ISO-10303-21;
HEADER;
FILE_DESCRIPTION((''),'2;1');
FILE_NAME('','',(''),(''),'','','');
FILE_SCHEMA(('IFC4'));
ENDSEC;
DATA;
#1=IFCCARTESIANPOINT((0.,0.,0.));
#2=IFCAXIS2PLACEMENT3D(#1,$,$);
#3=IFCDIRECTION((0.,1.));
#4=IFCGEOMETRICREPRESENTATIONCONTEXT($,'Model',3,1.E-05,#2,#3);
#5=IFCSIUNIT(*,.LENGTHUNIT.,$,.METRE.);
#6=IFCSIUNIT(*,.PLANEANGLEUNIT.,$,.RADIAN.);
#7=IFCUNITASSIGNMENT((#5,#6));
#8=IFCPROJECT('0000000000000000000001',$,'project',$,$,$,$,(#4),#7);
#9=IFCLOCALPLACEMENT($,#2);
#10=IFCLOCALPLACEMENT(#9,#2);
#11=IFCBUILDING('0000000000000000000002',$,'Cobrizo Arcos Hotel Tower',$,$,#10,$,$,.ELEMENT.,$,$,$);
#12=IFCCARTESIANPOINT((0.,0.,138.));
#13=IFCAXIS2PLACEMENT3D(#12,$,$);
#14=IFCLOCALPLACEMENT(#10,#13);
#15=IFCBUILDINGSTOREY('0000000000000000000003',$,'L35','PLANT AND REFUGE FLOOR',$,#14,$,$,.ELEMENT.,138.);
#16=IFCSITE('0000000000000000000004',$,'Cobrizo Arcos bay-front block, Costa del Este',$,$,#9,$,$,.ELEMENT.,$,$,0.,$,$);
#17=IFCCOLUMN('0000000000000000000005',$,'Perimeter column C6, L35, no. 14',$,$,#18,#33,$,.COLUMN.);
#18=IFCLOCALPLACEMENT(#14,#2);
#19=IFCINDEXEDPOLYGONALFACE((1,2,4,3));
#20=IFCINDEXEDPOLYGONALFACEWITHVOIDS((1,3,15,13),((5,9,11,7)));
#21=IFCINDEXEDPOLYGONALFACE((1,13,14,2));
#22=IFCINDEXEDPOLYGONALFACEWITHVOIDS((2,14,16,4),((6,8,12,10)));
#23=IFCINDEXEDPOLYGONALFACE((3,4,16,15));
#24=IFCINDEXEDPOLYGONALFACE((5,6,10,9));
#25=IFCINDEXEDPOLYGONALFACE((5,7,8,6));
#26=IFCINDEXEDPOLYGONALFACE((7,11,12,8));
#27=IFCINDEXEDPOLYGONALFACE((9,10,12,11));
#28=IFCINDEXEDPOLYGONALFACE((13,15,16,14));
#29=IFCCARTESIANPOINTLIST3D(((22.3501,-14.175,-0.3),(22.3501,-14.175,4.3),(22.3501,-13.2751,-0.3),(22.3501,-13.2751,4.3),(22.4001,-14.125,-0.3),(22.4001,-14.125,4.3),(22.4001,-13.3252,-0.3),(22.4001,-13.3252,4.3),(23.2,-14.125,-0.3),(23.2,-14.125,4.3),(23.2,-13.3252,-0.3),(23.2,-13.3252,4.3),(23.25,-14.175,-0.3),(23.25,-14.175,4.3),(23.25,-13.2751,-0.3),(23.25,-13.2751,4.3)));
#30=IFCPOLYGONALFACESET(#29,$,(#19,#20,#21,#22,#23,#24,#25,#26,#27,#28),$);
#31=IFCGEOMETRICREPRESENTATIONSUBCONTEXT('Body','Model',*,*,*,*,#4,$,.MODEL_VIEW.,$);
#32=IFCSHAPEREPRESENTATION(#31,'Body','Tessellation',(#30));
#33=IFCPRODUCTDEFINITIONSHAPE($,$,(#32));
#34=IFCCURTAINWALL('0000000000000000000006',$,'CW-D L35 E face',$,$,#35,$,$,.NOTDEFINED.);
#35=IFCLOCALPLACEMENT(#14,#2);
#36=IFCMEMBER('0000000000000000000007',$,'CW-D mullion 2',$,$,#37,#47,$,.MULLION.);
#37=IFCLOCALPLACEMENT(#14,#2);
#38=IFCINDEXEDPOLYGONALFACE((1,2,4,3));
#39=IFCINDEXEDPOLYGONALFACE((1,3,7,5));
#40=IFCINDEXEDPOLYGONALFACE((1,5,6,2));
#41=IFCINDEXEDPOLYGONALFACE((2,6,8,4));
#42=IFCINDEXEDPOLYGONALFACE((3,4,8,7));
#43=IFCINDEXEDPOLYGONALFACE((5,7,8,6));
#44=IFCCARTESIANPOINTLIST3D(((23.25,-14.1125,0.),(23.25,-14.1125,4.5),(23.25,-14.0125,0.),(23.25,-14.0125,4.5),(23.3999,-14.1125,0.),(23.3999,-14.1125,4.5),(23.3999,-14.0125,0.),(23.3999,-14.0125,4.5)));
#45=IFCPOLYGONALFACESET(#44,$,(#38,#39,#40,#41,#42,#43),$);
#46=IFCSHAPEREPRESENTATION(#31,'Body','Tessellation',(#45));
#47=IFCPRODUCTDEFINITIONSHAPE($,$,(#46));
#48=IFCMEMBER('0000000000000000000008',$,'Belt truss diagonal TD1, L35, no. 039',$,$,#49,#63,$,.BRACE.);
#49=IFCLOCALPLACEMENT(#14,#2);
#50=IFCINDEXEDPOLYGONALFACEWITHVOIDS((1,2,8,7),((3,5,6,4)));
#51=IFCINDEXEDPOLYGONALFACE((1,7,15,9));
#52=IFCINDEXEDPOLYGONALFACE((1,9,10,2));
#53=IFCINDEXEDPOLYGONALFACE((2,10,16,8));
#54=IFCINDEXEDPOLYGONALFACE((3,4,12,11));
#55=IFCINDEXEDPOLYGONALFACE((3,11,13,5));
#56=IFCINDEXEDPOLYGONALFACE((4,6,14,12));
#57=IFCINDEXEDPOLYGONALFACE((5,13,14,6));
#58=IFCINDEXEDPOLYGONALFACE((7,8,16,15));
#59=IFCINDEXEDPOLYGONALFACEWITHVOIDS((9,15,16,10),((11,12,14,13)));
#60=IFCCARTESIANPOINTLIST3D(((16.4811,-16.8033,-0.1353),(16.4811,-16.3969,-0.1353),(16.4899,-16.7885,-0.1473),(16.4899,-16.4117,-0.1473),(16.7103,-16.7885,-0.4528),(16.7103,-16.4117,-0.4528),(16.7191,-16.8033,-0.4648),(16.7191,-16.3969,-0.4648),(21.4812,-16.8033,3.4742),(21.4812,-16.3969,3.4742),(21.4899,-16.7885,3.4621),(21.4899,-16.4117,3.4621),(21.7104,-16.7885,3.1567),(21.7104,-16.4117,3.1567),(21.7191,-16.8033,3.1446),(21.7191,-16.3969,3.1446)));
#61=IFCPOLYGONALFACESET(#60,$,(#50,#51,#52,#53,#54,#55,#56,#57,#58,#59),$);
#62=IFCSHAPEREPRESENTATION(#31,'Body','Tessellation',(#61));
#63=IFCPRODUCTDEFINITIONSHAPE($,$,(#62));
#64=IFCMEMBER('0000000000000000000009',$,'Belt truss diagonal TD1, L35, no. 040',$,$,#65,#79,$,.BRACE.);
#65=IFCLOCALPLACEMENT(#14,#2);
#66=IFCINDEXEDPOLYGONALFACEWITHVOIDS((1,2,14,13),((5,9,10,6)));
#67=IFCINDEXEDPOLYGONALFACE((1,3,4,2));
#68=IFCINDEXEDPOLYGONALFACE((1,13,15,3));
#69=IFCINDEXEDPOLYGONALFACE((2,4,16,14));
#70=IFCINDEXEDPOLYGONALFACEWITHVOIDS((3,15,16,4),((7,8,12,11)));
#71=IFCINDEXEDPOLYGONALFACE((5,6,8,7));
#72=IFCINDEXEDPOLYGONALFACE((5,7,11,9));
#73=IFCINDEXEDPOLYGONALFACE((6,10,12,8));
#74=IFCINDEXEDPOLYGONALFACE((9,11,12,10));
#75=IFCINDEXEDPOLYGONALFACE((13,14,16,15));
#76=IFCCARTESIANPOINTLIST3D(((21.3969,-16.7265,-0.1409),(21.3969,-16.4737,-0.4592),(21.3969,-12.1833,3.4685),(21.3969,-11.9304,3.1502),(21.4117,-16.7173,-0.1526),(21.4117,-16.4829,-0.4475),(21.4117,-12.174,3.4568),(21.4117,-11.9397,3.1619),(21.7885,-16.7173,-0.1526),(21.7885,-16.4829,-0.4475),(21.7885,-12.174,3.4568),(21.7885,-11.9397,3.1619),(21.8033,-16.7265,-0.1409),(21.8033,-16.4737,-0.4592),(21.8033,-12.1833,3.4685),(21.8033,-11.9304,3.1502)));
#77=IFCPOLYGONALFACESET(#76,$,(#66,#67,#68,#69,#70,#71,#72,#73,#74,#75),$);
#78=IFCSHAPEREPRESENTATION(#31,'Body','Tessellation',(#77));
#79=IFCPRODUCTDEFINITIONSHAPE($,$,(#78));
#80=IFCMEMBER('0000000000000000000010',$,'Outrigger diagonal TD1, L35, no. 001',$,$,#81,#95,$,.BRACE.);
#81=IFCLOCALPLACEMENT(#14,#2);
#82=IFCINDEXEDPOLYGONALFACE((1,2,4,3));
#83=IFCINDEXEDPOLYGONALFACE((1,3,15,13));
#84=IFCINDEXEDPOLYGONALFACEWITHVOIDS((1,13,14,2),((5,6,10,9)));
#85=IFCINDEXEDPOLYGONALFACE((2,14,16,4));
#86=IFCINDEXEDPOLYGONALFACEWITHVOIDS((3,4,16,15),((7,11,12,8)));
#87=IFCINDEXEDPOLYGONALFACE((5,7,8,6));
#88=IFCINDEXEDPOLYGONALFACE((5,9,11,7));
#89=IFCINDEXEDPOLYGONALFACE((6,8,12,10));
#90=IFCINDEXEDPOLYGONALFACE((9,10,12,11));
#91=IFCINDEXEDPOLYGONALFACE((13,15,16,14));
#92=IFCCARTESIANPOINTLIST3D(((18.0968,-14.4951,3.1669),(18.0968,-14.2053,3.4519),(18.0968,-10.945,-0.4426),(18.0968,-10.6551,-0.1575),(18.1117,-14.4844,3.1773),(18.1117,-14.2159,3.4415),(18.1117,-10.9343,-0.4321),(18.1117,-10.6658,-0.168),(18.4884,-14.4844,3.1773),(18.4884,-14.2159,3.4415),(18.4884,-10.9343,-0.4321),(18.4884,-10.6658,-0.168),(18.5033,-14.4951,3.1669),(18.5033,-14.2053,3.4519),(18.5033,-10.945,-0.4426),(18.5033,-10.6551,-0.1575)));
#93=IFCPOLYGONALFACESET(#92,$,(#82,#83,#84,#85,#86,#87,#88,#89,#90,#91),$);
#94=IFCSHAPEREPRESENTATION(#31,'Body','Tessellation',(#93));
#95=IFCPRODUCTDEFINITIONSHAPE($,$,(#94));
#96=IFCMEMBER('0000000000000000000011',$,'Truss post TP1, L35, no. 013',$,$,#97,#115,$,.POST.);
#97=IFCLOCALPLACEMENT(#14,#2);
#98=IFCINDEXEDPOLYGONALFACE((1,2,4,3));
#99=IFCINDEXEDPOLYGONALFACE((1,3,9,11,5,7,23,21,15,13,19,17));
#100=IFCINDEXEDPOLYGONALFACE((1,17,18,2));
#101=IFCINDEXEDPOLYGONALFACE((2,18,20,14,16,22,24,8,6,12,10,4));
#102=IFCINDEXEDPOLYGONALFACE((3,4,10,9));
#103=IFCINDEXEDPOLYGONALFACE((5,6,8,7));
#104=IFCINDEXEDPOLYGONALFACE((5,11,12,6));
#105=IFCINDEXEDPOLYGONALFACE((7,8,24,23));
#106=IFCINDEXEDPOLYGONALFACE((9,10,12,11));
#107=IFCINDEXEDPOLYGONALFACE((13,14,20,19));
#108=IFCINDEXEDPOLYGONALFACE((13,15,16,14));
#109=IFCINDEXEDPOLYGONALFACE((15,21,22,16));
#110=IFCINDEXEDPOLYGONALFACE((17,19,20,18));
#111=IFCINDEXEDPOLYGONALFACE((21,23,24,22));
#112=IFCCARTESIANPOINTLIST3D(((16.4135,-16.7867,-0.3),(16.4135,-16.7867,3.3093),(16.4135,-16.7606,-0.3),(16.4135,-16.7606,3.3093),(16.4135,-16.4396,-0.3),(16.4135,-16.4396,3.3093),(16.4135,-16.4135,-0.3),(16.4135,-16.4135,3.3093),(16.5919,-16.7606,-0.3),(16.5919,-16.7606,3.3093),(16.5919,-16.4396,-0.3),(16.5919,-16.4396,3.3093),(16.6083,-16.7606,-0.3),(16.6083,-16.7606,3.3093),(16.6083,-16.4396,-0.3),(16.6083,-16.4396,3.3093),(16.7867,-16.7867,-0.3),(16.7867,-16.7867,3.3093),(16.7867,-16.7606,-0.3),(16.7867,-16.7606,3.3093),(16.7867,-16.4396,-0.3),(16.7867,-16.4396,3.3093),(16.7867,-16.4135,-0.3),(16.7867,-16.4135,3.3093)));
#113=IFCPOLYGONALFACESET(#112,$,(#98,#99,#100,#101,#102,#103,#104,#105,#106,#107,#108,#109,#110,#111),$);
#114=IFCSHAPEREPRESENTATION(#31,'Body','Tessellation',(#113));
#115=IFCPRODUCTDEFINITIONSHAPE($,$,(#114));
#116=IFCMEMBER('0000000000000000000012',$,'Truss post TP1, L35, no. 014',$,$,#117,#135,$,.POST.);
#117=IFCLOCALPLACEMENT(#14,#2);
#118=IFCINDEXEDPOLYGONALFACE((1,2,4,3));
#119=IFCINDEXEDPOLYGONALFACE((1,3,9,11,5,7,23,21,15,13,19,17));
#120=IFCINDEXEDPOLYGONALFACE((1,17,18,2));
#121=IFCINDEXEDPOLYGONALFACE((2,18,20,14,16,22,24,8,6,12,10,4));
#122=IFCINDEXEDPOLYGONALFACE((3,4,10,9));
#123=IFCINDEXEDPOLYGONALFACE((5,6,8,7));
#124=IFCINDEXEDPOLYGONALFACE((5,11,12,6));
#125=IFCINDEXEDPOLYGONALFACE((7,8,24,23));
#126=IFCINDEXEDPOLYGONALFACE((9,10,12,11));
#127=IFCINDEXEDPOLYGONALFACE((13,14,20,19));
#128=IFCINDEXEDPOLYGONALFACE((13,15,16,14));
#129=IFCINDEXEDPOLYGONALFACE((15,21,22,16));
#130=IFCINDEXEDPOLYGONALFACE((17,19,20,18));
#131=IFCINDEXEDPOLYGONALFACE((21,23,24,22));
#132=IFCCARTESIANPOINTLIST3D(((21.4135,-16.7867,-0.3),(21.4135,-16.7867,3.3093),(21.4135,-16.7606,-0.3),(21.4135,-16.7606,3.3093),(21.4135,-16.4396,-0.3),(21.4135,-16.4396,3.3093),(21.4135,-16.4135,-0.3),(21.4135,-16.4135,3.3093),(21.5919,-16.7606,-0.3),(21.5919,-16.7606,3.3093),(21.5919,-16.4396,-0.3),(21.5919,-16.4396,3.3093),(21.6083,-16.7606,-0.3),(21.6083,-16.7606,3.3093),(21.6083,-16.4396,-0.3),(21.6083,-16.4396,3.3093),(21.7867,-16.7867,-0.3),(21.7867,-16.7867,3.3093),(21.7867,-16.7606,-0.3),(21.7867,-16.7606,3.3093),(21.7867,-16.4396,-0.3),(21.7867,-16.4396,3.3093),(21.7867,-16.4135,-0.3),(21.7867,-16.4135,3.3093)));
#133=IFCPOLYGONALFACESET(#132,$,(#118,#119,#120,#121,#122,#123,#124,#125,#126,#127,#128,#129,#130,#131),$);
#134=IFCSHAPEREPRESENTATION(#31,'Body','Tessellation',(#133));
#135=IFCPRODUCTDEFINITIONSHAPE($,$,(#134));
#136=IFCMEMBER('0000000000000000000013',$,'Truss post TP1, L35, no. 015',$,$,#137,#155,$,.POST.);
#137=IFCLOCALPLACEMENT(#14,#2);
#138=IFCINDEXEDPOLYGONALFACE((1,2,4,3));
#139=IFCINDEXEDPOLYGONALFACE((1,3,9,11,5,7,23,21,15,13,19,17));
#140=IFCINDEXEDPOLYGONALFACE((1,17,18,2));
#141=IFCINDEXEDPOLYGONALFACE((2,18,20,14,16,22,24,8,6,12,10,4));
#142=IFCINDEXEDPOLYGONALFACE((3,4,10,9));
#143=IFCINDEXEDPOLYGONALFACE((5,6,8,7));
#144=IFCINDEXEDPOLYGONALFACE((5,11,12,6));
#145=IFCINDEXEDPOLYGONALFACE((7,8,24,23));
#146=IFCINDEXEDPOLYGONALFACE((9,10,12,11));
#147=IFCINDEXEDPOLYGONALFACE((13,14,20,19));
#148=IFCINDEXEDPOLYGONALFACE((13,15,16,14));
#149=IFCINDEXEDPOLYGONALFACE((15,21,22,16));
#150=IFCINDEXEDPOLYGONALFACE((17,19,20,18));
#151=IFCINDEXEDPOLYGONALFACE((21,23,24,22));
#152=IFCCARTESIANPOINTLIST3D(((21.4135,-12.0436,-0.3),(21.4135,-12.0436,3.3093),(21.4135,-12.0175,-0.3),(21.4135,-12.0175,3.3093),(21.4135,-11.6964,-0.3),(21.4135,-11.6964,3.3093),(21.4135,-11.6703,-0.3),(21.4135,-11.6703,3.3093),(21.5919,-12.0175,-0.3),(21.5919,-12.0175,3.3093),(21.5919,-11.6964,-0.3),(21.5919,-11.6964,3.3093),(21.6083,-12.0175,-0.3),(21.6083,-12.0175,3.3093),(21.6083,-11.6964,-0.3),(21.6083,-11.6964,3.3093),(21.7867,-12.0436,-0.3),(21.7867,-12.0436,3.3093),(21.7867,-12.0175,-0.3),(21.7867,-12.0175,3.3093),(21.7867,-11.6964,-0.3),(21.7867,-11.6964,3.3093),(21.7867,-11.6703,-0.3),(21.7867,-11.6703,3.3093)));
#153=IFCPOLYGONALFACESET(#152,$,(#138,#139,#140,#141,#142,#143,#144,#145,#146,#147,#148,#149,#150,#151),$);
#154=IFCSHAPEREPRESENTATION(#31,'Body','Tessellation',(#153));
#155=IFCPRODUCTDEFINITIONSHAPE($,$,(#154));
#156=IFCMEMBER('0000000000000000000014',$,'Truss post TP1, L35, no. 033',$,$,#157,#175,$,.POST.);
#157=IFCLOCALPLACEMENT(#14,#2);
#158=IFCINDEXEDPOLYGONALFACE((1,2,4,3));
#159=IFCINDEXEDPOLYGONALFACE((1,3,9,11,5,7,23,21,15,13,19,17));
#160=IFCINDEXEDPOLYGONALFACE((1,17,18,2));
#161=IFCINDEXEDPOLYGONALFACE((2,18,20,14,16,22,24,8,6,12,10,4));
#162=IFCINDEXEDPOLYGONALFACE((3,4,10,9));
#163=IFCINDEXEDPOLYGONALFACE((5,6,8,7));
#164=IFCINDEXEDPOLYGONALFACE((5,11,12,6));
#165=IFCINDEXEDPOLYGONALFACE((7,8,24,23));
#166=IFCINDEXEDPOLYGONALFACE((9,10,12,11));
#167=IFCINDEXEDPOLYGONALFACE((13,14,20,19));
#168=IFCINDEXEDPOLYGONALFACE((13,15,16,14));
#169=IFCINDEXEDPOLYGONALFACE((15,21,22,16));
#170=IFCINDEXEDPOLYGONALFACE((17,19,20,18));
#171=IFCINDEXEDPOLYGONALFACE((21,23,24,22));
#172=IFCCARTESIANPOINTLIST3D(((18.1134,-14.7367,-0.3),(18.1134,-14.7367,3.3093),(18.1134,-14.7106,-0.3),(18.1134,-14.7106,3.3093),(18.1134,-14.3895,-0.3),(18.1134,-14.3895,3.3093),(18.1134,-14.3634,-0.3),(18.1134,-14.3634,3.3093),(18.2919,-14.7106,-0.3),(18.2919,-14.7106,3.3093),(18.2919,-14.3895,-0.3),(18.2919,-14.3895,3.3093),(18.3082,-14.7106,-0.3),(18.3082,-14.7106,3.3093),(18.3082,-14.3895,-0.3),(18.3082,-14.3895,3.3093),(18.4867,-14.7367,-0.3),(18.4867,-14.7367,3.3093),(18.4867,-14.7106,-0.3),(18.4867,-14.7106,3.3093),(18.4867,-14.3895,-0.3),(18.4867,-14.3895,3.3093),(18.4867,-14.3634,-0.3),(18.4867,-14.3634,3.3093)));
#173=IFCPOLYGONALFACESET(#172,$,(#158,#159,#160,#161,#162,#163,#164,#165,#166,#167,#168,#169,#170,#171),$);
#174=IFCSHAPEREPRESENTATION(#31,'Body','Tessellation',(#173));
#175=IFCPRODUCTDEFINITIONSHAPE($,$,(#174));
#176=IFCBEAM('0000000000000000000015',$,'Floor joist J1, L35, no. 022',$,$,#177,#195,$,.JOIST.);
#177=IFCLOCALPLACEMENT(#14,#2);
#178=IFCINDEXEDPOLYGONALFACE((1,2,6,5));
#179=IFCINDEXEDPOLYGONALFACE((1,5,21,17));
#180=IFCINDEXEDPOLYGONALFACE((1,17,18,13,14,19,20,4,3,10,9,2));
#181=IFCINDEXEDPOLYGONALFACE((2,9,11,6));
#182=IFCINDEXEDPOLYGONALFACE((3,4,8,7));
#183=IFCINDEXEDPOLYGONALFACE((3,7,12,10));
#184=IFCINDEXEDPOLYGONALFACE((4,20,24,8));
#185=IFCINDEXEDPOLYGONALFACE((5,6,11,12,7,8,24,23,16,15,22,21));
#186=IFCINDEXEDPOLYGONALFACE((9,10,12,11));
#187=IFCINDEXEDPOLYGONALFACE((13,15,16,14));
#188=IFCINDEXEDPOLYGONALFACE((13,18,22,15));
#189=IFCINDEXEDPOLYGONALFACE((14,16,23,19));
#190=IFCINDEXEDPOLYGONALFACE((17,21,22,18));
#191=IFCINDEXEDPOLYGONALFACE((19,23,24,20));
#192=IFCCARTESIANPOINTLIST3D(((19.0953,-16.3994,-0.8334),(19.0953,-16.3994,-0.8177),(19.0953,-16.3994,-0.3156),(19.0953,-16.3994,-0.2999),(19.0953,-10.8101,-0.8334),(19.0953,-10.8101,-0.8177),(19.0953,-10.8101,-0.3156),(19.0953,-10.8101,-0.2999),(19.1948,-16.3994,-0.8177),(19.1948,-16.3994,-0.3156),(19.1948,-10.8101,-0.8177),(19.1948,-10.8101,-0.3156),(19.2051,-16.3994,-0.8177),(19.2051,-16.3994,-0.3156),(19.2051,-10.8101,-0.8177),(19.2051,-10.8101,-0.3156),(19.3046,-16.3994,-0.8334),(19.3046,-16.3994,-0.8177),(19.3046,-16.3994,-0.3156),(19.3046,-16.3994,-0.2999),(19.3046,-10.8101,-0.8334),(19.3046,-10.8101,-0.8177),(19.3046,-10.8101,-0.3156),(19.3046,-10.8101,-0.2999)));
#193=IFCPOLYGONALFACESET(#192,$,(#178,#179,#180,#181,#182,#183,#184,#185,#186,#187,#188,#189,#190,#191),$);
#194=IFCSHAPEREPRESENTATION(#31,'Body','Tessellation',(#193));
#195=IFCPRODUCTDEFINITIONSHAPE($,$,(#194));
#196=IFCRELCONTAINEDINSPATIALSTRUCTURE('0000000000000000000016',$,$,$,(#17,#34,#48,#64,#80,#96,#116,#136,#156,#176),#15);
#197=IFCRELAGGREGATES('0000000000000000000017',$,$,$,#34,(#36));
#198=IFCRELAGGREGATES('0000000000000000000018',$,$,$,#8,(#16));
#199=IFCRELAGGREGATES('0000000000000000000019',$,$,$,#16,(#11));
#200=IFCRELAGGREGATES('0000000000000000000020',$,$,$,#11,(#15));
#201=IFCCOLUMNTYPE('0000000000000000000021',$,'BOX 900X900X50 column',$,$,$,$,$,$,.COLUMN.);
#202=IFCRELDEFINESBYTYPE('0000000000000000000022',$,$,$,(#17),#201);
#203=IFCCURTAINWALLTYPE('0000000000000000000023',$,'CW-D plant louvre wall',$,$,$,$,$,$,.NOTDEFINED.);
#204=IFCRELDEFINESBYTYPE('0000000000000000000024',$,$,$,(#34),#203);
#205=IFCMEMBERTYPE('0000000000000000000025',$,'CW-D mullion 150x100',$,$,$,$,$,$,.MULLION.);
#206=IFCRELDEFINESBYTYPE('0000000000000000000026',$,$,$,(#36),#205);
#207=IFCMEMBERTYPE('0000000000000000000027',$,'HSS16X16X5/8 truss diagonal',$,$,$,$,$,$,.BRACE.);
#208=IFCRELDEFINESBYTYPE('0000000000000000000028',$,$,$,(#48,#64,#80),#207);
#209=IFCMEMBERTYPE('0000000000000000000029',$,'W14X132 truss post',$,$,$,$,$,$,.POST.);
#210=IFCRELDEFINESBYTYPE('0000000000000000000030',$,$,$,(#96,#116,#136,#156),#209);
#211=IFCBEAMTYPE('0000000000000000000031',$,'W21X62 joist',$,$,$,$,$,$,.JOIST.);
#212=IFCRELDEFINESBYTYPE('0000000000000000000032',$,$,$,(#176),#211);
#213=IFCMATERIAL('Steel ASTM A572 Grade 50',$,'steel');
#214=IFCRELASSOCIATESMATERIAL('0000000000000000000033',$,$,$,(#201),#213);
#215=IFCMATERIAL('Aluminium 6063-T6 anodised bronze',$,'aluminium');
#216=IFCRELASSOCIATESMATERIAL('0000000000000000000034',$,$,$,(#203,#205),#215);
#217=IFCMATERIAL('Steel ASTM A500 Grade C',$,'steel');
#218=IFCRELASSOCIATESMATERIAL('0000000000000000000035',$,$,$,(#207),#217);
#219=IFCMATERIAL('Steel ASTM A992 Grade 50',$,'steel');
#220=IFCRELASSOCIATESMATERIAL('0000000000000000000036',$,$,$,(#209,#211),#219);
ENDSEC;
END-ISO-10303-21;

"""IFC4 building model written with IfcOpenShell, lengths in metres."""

from ifc_helpers import new_model, si_unit, direction, frame, origin, origin_2d, place, context, subcontext, project, spatial, rectangle, hollow_rectangle, i_section, extrude, material, material_profile, profile_set, type_object, element, aggregate, save


model = new_model("IFC4")

# Units and contexts
model_context = context("Model", 3, precision=1e-05, world=origin(), true_north=direction((0.0, 1.0)))
body_context = subcontext(model_context, "Body", "Model", "MODEL_VIEW")
ifc_project = project(units=[si_unit("LENGTHUNIT", "METRE"), si_unit("PLANEANGLEUNIT", "RADIAN")], contexts=[model_context])

# Site, building, storey
site_placement = place(None, origin())
site = spatial("IfcSite", under=ifc_project, at=site_placement, Name="Cobrizo Arcos bay-front block, Costa del Este", CompositionType="ELEMENT", RefElevation=0.0)
building_placement = place(site_placement, origin())
building = spatial("IfcBuilding", under=site, at=building_placement, Name="Cobrizo Arcos Hotel Tower", CompositionType="ELEMENT")
storey_placement = place(building_placement, frame((0.0, 0.0, 138.0)))
storey = spatial("IfcBuildingStorey", under=building, at=storey_placement, Name="L35", Description="PLANT AND REFUGE FLOOR", CompositionType="ELEMENT", Elevation=138.0)

# Column
ifc_material_1 = material(Name="Steel ASTM A572 Grade 50", Category="steel")
ifc_material_profile_1 = material_profile(ifc_material_1, hollow_rectangle(XDim=0.8999, YDim=0.8999, WallThickness=0.05, at=origin_2d()), Name="BOX 900X900X50")
ifc_profile_set_1 = profile_set([ifc_material_profile_1], Name="Steel ASTM A572 Grade 50")
column_type = type_object("IfcColumnType", Name="BOX 900X900X50 column", PredefinedType="COLUMN", material=ifc_profile_set_1)
column_placement = place(storey_placement, frame((22.8, -13.7251, -0.3), z_axis=(0.0, 0.0, 1.0), x_axis=(1.0, 0.0, 0.0)))
element("IfcColumn", 1, at=column_placement, inside=storey, type_object=column_type, Name="Perimeter column C6, L35, no. 14", PredefinedType="COLUMN", context=body_context, shape_type="SweptSolid", body=[
    extrude(hollow_rectangle(XDim=0.8999, YDim=0.8999, WallThickness=0.05, at=origin_2d()), origin(), (0.0, 0.0, 1.0), 4.6001),
])

# Curtain wall, member
ifc_material_2 = material(Name="Aluminium 6063-T6 anodised bronze", Category="aluminium")
curtain_wall_type = type_object("IfcCurtainWallType", Name="CW-D plant louvre wall", PredefinedType="NOTDEFINED", material=ifc_material_2)
curtain_wall_placement = place(storey_placement, origin())
curtain_wall = element("IfcCurtainWall", 2, at=curtain_wall_placement, inside=storey, type_object=curtain_wall_type, Name="CW-D L35 E face", PredefinedType="NOTDEFINED")
ifc_material_profile_2 = material_profile(ifc_material_2, rectangle(XDim=0.1499, YDim=0.1001, at=origin_2d()), Name="CW-D mullion 150x100")
ifc_profile_set_2 = profile_set([ifc_material_profile_2], Name="Aluminium 6063-T6 anodised bronze")
member_type_1 = type_object("IfcMemberType", Name="CW-D mullion 150x100", PredefinedType="MULLION", material=ifc_profile_set_2)
member_1_placement = place(storey_placement, frame((23.325, -14.0625, 0.0), z_axis=(0.0, 0.0, 1.0), x_axis=(1.0, 0.0, 0.0)))
member_1 = element("IfcMember", 3, at=member_1_placement, type_object=member_type_1, Name="CW-D mullion 2", PredefinedType="MULLION", context=body_context, shape_type="SweptSolid", body=[
    extrude(rectangle(XDim=0.1499, YDim=0.1001, at=origin_2d()), origin(), (0.0, 0.0, 1.0), 4.5),
])

# Members
ifc_material_3 = material(Name="Steel ASTM A500 Grade C", Category="steel")
ifc_material_profile_3 = material_profile(ifc_material_3, hollow_rectangle(XDim=0.4065, YDim=0.4065, WallThickness=0.0149, at=origin_2d()), Name="HSS16X16X5/8")
ifc_profile_set_3 = profile_set([ifc_material_profile_3], Name="Steel ASTM A500 Grade C")
member_type_2 = type_object("IfcMemberType", Name="HSS16X16X5/8 truss diagonal", PredefinedType="BRACE", material=ifc_profile_set_3)
member_2_placement = place(storey_placement, frame((16.6001, -16.6001, -0.3), z_axis=(0.810813, 0.0, 0.585306), x_axis=(0.0, 1.0, 0.0)))
element("IfcMember", 4, at=member_2_placement, inside=storey, type_object=member_type_2, Name="Belt truss diagonal TD1, L35, no. 039", PredefinedType="BRACE", context=body_context, shape_type="SweptSolid", body=[
    extrude(hollow_rectangle(XDim=0.4065, YDim=0.4065, WallThickness=0.0149, at=origin_2d()), origin(), (0.0, 0.0, 1.0), 6.1667),
])
member_3_placement = place(storey_placement, frame((21.6001, -16.6001, -0.3), z_axis=(0.0, 0.782982, 0.622044), x_axis=(-1.0, 0.0, 0.0)))
element("IfcMember", 5, at=member_3_placement, inside=storey, type_object=member_type_2, Name="Belt truss diagonal TD1, L35, no. 040", PredefinedType="BRACE", context=body_context, shape_type="SweptSolid", body=[
    extrude(hollow_rectangle(XDim=0.4065, YDim=0.4065, WallThickness=0.0149, at=origin_2d()), origin(), (0.0, 0.0, 1.0), 5.8025),
])
member_4_placement = place(storey_placement, frame((18.3, -10.8, -0.3), z_axis=(0.0, -0.701223, 0.712942), x_axis=(1.0, 0.0, 0.0)))
element("IfcMember", 6, at=member_4_placement, inside=storey, type_object=member_type_2, Name="Outrigger diagonal TD1, L35, no. 001", PredefinedType="BRACE", context=body_context, shape_type="SweptSolid", body=[
    extrude(hollow_rectangle(XDim=0.4065, YDim=0.4065, WallThickness=0.0149, at=origin_2d()), origin(), (0.0, 0.0, 1.0), 5.0627),
])
ifc_material_4 = material(Name="Steel ASTM A992 Grade 50", Category="steel")
ifc_material_profile_4 = material_profile(ifc_material_4, i_section(OverallWidth=0.3733, OverallDepth=0.3733, WebThickness=0.0164, FlangeThickness=0.0261, at=origin_2d()), Name="W14X132")
ifc_profile_set_4 = profile_set([ifc_material_profile_4], Name="Steel ASTM A992 Grade 50")
member_type_3 = type_object("IfcMemberType", Name="W14X132 truss post", PredefinedType="POST", material=ifc_profile_set_4)
for number, where, z_axis, x_axis, name in (
    (7, (16.6001, -16.6001, -0.3), (0.0, 0.0, 1.0), (1.0, 0.0, 0.0), "Truss post TP1, L35, no. 013"),
    (8, (21.6001, -16.6001, -0.3), (0.0, 0.0, 1.0), (1.0, 0.0, 0.0), "Truss post TP1, L35, no. 014"),
    (9, (21.6001, -11.8569, -0.3), (0.0, 0.0, 1.0), (1.0, 0.0, 0.0), "Truss post TP1, L35, no. 015"),
    (10, (18.3, -14.55, -0.3), (0.0, 0.0, 1.0), (1.0, 0.0, 0.0), "Truss post TP1, L35, no. 033"),
):
    element("IfcMember", number, at=place(storey_placement, frame(where, z_axis=z_axis, x_axis=x_axis)), inside=storey, type_object=member_type_3, Name=name, PredefinedType="POST", context=body_context, shape_type="SweptSolid", body=[
        extrude(i_section(OverallWidth=0.3733, OverallDepth=0.3733, WebThickness=0.0164, FlangeThickness=0.0261, at=origin_2d()), origin(), (0.0, 0.0, 1.0), 3.6094),
    ])

# Beam
ifc_material_profile_5 = material_profile(ifc_material_4, i_section(OverallWidth=0.2092, OverallDepth=0.5334, WebThickness=0.0103, FlangeThickness=0.0156, at=origin_2d()), Name="W21X62")
ifc_profile_set_5 = profile_set([ifc_material_profile_5], Name="Steel ASTM A992 Grade 50")
beam_type = type_object("IfcBeamType", Name="W21X62 joist", PredefinedType="JOIST", material=ifc_profile_set_5)
beam_placement = place(storey_placement, frame((19.2, -16.3994, -0.5667), z_axis=(0.0, 1.0, 0.0), x_axis=(-1.0, 0.0, 0.0)))
element("IfcBeam", 11, at=beam_placement, inside=storey, type_object=beam_type, Name="Floor joist J1, L35, no. 022", PredefinedType="JOIST", context=body_context, shape_type="SweptSolid", body=[
    extrude(i_section(OverallWidth=0.2092, OverallDepth=0.5334, WebThickness=0.0103, FlangeThickness=0.0156, at=origin_2d()), origin(), (0.0, 0.0, 1.0), 5.5894),
])

aggregate(curtain_wall, [member_1])

save(model, "model.ifc")
